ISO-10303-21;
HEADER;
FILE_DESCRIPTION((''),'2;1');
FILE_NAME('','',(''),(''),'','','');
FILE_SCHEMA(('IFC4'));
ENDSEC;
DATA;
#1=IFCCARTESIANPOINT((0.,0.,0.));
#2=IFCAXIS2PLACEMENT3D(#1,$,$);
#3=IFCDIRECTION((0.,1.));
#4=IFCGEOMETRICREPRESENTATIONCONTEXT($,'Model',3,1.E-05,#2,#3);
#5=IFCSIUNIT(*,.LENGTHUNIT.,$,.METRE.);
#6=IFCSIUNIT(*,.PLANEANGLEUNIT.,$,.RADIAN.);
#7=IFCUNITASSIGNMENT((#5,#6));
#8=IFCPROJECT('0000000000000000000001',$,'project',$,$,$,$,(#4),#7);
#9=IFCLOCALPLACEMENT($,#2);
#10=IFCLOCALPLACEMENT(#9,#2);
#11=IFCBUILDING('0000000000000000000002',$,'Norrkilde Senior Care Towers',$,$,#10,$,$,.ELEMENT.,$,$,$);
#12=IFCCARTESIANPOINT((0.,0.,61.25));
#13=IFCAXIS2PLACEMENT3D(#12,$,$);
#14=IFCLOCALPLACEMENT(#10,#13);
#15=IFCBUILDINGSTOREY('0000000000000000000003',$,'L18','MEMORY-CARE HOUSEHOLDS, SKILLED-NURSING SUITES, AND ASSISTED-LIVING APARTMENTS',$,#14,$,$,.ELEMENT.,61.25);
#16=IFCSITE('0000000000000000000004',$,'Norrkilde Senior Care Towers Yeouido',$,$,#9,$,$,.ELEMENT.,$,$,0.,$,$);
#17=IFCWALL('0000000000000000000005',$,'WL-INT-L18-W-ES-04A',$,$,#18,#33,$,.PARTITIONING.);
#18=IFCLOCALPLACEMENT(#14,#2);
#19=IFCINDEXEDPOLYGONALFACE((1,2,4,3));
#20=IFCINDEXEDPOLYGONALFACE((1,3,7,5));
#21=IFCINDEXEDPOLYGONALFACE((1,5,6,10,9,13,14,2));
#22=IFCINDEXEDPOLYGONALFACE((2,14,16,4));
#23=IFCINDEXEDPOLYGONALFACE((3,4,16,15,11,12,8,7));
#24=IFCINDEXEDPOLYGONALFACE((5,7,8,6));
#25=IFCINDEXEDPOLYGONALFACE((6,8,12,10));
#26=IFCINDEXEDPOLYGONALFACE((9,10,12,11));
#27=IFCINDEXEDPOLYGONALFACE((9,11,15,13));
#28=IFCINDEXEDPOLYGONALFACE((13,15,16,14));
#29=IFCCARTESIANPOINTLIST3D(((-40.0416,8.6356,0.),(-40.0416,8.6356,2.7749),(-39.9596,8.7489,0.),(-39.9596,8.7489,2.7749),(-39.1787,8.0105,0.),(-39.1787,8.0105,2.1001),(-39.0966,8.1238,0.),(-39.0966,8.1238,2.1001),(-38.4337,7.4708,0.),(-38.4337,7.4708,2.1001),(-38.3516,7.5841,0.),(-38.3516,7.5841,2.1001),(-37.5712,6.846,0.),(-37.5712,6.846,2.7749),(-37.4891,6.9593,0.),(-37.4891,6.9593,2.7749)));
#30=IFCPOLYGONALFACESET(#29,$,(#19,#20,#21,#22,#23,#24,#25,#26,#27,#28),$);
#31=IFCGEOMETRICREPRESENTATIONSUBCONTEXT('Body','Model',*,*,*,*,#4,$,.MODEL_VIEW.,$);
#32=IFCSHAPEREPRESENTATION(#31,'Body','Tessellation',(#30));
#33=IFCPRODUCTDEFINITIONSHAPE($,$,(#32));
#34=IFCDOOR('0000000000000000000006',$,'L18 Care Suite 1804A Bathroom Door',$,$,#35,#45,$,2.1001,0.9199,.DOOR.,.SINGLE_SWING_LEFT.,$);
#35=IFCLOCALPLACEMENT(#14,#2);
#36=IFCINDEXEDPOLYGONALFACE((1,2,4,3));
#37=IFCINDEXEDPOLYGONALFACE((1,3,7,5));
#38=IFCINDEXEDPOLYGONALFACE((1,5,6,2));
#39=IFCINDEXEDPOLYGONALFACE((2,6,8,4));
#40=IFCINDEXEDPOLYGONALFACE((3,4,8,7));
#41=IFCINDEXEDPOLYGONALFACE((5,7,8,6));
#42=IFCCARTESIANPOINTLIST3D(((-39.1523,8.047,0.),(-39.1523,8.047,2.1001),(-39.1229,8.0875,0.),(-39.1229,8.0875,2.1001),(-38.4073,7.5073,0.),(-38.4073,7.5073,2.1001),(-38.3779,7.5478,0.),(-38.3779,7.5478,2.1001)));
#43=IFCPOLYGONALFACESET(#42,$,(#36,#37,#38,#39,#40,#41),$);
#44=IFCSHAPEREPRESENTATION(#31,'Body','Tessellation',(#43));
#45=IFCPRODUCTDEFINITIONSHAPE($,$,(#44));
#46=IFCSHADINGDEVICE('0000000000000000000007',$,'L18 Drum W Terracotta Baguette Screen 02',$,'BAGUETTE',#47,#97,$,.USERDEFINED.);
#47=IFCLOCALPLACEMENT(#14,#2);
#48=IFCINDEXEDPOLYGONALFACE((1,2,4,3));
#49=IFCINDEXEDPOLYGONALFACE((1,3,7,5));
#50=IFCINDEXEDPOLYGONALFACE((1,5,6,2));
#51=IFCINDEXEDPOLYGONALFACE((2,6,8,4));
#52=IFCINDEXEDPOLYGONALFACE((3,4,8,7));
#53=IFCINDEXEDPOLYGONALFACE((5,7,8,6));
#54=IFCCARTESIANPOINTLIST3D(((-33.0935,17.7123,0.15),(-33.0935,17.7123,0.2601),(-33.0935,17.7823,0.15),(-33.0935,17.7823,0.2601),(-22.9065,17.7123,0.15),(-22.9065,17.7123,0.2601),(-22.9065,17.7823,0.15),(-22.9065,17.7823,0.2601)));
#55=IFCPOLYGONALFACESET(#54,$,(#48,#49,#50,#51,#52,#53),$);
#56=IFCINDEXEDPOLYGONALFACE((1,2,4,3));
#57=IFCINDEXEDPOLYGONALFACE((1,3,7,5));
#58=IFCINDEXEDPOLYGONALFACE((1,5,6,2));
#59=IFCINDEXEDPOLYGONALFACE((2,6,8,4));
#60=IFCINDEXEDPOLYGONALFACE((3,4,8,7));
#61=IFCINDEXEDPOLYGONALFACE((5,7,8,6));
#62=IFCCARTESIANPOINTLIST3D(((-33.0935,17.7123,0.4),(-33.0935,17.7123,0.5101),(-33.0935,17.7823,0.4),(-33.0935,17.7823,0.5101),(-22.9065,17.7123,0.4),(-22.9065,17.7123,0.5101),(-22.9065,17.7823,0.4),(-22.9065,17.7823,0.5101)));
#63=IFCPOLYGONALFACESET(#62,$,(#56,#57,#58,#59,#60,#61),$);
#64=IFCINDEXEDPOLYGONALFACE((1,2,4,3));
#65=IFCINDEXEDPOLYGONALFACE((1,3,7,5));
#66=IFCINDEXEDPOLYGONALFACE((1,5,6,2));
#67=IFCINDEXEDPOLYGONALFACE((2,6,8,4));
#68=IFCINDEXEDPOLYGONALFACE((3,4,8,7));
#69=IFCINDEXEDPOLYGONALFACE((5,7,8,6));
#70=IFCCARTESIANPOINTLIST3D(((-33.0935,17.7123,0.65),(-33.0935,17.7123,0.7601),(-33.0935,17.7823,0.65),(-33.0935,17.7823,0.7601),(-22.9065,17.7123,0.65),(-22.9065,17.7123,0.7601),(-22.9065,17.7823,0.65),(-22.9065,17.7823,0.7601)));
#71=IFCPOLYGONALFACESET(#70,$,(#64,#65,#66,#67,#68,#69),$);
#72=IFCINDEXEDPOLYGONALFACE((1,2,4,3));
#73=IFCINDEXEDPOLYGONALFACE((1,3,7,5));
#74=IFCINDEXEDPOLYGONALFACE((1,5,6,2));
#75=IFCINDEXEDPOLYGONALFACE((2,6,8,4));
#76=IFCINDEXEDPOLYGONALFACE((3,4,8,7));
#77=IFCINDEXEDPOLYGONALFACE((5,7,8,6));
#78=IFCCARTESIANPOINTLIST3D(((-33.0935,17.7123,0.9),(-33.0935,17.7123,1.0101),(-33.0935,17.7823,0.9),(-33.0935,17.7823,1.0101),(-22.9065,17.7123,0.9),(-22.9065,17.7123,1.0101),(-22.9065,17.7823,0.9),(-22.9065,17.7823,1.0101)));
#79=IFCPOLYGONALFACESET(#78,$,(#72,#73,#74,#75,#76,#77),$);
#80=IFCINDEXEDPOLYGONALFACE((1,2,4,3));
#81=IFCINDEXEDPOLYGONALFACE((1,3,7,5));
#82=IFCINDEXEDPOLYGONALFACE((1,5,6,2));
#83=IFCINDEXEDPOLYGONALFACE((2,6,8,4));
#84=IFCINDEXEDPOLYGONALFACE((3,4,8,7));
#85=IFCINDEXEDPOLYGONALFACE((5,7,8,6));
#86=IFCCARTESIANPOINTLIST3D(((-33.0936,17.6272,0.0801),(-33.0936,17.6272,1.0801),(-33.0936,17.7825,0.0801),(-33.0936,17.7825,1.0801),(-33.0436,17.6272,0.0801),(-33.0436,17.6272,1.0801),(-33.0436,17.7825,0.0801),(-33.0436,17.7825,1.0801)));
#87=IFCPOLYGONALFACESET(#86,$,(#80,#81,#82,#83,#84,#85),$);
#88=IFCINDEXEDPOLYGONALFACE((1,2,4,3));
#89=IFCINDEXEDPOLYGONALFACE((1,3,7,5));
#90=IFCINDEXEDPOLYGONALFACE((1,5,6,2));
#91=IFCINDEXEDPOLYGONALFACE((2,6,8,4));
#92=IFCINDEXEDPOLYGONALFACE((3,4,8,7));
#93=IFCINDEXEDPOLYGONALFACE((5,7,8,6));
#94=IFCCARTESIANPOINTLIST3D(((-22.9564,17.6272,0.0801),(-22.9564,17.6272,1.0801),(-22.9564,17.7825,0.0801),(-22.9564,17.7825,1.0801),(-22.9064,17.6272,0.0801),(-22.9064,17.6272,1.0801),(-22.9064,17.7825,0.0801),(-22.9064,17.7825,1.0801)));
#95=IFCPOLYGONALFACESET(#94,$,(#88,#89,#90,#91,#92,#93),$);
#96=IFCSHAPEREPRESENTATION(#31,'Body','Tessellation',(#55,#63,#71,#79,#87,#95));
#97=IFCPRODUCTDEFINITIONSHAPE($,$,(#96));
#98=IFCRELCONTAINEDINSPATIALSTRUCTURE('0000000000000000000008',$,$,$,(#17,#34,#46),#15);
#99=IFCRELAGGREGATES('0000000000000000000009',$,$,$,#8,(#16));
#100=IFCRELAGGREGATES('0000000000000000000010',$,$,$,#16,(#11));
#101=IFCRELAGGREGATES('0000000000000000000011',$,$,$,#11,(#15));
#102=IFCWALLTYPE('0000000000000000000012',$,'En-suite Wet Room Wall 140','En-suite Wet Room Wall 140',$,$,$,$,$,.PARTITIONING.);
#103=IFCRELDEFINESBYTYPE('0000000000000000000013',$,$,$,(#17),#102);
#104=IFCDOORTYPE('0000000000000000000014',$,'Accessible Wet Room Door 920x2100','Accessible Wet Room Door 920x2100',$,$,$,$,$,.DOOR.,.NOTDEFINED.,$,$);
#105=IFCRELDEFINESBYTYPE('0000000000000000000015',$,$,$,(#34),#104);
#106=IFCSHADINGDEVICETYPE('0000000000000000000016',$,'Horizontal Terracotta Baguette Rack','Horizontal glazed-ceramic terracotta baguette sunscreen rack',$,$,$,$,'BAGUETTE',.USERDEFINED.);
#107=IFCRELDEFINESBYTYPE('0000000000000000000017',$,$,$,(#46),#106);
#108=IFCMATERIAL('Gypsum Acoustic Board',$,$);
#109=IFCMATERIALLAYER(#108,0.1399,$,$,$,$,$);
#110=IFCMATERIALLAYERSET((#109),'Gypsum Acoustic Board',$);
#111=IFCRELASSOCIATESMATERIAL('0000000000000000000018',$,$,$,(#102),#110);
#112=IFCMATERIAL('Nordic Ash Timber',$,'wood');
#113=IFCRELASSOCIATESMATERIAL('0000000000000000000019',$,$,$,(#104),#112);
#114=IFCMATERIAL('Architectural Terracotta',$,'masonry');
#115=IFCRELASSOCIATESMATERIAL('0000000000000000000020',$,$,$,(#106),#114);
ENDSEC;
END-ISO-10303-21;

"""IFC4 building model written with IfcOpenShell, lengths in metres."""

from ifc_helpers import new_model, si_unit, direction, frame, frame_2d, origin, origin_2d, place, context, subcontext, project, spatial, rectangle, extrude, source, transform, mapped, material, layer, layer_set, type_object, type_shapes, element, fill, save


model = new_model("IFC4")

# Units and contexts
model_context = context("Model", 3, precision=1e-05, world=origin(), true_north=direction((0.0, 1.0)))
body_context = subcontext(model_context, "Body", "Model", "MODEL_VIEW")
ifc_project = project(units=[si_unit("LENGTHUNIT", "METRE"), si_unit("PLANEANGLEUNIT", "RADIAN")], contexts=[model_context])

# Site, building, storey
site_placement = place(None, origin())
site = spatial("IfcSite", under=ifc_project, at=site_placement, Name="Norrkilde Senior Care Towers Yeouido", CompositionType="ELEMENT", RefElevation=0.0)
building_placement = place(site_placement, origin())
building = spatial("IfcBuilding", under=site, at=building_placement, Name="Norrkilde Senior Care Towers", CompositionType="ELEMENT")
storey_placement = place(building_placement, frame((0.0, 0.0, 61.25)))
storey = spatial("IfcBuildingStorey", under=building, at=storey_placement, Name="L18", Description="MEMORY-CARE HOUSEHOLDS, SKILLED-NURSING SUITES, AND ASSISTED-LIVING APARTMENTS", CompositionType="ELEMENT", Elevation=61.25)

# Shared definitions
ifc_material_1 = material(Name="Gypsum Acoustic Board")
ifc_material_2 = material(Name="Nordic Ash Timber", Category="wood")

# Shared definitions
ifc_layer_1 = layer(ifc_material_1, 0.1399)
ifc_layer_set_1 = layer_set([ifc_layer_1], Name="Gypsum Acoustic Board")
wall_type_1 = type_object("IfcWallType", Name="En-suite Wet Room Wall 140", Description="En-suite Wet Room Wall 140", PredefinedType="PARTITIONING", material=ifc_layer_set_1)
door_type_1 = type_object("IfcDoorType", Name="Accessible Wet Room Door 920x2100", Description="Accessible Wet Room Door 920x2100", OperationType="NOTDEFINED", PredefinedType="DOOR", material=ifc_material_2)
shared_shape_1 = source(origin(), body_context, "Body", "SweptSolid", [
    extrude(rectangle(XDim=0.9199, YDim=2.1001, at=frame_2d((0.46, 1.05))), frame((0.0, 0.0249, 0.0), z_axis=(0.0, -1.0, 0.0), x_axis=(1.0, 0.0, 0.0)), (0.0, 0.0, 1.0), 0.05),
])
type_shapes(door_type_1, [shared_shape_1])

# Wall, opening, door
shared_shape_2 = source(origin(), body_context, "Body", "SweptSolid", [
    extrude(rectangle(XDim=3.0505, YDim=0.1399, at=frame_2d((1.5254, 0.0))), origin(), (0.0, 0.0, 1.0), 2.7749),
])
wall_1_placement = place(storey_placement, frame((-37.53, 6.9026, 0.0), z_axis=(0.0, 0.0, 1.0), x_axis=(-0.809849, 0.586638, 0.0)))
wall_1 = element("IfcWall", 1, at=wall_1_placement, inside=storey, type_object=wall_type_1, Name="WL-INT-L18-W-ES-04A", PredefinedType="PARTITIONING", context=body_context, shape_type="MappedRepresentation", body=[
    mapped(shared_shape_2, transform((0.0, 0.0, 0.0), x_axis=(1.0, 0.0, 0.0), y_axis=(0.0, 1.0, 0.0), z_axis=(0.0, 0.0, 1.0), scale=1.0)),
])
opening_1_placement = place(wall_1_placement, frame((1.0652, 0.0, 0.0)))
opening_1 = element("IfcOpeningElement", 2, at=opening_1_placement, cuts=wall_1, PredefinedType="OPENING", context=body_context, shape_type="SweptSolid", body=[
    extrude(rectangle(XDim=0.9199, YDim=2.1001, at=frame_2d((0.46, 1.05))), frame((0.0, 0.0798, 0.0), z_axis=(0.0, -1.0, 0.0), x_axis=(1.0, 0.0, 0.0)), (0.0, 0.0, 1.0), 0.1599),
])
door_1_placement = place(opening_1_placement, origin())
door_1 = element("IfcDoor", 3, at=door_1_placement, inside=storey, type_object=door_type_1, Name="L18 Care Suite 1804A Bathroom Door", OperationType="SINGLE_SWING_LEFT", OverallHeight=2.1001, OverallWidth=0.9199, PredefinedType="DOOR", context=body_context, shape_type="MappedRepresentation", body=[
    mapped(shared_shape_1, transform((0.0, 0.0, 0.0), x_axis=(1.0, 0.0, 0.0), y_axis=(0.0, 1.0, 0.0), z_axis=(0.0, 0.0, 1.0), scale=1.0)),
])
fill(opening_1, door_1)

# Shading device
ifc_material_3 = material(Name="Architectural Terracotta", Category="masonry")
shading_device_type = type_object("IfcShadingDeviceType", Name="Horizontal Terracotta Baguette Rack", Description="Horizontal glazed-ceramic terracotta baguette sunscreen rack", ElementType="BAGUETTE", PredefinedType="USERDEFINED", material=ifc_material_3)
shared_shape_3 = source(origin(), body_context, "Body", "SweptSolid", [
    extrude(rectangle(XDim=0.0701, YDim=0.1101, at=origin_2d()), frame((0.0, 0.0901, 0.125), z_axis=(1.0, 0.0, 0.0), x_axis=(0.0, 1.0, 0.0)), (0.0, 0.0, 1.0), 10.187),
    extrude(rectangle(XDim=0.0701, YDim=0.1101, at=origin_2d()), frame((0.0, 0.0901, 0.375), z_axis=(1.0, 0.0, 0.0), x_axis=(0.0, 1.0, 0.0)), (0.0, 0.0, 1.0), 10.187),
    extrude(rectangle(XDim=0.0701, YDim=0.1101, at=origin_2d()), frame((0.0, 0.0901, 0.625), z_axis=(1.0, 0.0, 0.0), x_axis=(0.0, 1.0, 0.0)), (0.0, 0.0, 1.0), 10.187),
    extrude(rectangle(XDim=0.0701, YDim=0.1101, at=origin_2d()), frame((0.0, 0.0901, 0.875), z_axis=(1.0, 0.0, 0.0), x_axis=(0.0, 1.0, 0.0)), (0.0, 0.0, 1.0), 10.187),
    extrude(rectangle(XDim=0.05, YDim=0.1553, at=origin_2d()), frame((0.0249, 0.0476, 0.0)), (0.0, 0.0, 1.0), 1.0),
    extrude(rectangle(XDim=0.05, YDim=0.1553, at=origin_2d()), frame((10.1621, 0.0476, 0.0)), (0.0, 0.0, 1.0), 1.0),
])
type_shapes(shading_device_type, [shared_shape_3])
shading_device_placement = place(storey_placement, frame((-33.0935, 17.6572, 0.0801), z_axis=(0.0, 0.0, 1.0), x_axis=(1.0, 0.0, 0.0)))
element("IfcShadingDevice", 4, at=shading_device_placement, inside=storey, type_object=shading_device_type, Name="L18 Drum W Terracotta Baguette Screen 02", ObjectType="BAGUETTE", PredefinedType="USERDEFINED", context=body_context, shape_type="MappedRepresentation", body=[
    mapped(shared_shape_3, transform((0.0, 0.0, 0.0), x_axis=(1.0, 0.0, 0.0), y_axis=(0.0, 1.0, 0.0), z_axis=(0.0, 0.0, 1.0), scale=1.0)),
])

save(model, "model.ifc")
